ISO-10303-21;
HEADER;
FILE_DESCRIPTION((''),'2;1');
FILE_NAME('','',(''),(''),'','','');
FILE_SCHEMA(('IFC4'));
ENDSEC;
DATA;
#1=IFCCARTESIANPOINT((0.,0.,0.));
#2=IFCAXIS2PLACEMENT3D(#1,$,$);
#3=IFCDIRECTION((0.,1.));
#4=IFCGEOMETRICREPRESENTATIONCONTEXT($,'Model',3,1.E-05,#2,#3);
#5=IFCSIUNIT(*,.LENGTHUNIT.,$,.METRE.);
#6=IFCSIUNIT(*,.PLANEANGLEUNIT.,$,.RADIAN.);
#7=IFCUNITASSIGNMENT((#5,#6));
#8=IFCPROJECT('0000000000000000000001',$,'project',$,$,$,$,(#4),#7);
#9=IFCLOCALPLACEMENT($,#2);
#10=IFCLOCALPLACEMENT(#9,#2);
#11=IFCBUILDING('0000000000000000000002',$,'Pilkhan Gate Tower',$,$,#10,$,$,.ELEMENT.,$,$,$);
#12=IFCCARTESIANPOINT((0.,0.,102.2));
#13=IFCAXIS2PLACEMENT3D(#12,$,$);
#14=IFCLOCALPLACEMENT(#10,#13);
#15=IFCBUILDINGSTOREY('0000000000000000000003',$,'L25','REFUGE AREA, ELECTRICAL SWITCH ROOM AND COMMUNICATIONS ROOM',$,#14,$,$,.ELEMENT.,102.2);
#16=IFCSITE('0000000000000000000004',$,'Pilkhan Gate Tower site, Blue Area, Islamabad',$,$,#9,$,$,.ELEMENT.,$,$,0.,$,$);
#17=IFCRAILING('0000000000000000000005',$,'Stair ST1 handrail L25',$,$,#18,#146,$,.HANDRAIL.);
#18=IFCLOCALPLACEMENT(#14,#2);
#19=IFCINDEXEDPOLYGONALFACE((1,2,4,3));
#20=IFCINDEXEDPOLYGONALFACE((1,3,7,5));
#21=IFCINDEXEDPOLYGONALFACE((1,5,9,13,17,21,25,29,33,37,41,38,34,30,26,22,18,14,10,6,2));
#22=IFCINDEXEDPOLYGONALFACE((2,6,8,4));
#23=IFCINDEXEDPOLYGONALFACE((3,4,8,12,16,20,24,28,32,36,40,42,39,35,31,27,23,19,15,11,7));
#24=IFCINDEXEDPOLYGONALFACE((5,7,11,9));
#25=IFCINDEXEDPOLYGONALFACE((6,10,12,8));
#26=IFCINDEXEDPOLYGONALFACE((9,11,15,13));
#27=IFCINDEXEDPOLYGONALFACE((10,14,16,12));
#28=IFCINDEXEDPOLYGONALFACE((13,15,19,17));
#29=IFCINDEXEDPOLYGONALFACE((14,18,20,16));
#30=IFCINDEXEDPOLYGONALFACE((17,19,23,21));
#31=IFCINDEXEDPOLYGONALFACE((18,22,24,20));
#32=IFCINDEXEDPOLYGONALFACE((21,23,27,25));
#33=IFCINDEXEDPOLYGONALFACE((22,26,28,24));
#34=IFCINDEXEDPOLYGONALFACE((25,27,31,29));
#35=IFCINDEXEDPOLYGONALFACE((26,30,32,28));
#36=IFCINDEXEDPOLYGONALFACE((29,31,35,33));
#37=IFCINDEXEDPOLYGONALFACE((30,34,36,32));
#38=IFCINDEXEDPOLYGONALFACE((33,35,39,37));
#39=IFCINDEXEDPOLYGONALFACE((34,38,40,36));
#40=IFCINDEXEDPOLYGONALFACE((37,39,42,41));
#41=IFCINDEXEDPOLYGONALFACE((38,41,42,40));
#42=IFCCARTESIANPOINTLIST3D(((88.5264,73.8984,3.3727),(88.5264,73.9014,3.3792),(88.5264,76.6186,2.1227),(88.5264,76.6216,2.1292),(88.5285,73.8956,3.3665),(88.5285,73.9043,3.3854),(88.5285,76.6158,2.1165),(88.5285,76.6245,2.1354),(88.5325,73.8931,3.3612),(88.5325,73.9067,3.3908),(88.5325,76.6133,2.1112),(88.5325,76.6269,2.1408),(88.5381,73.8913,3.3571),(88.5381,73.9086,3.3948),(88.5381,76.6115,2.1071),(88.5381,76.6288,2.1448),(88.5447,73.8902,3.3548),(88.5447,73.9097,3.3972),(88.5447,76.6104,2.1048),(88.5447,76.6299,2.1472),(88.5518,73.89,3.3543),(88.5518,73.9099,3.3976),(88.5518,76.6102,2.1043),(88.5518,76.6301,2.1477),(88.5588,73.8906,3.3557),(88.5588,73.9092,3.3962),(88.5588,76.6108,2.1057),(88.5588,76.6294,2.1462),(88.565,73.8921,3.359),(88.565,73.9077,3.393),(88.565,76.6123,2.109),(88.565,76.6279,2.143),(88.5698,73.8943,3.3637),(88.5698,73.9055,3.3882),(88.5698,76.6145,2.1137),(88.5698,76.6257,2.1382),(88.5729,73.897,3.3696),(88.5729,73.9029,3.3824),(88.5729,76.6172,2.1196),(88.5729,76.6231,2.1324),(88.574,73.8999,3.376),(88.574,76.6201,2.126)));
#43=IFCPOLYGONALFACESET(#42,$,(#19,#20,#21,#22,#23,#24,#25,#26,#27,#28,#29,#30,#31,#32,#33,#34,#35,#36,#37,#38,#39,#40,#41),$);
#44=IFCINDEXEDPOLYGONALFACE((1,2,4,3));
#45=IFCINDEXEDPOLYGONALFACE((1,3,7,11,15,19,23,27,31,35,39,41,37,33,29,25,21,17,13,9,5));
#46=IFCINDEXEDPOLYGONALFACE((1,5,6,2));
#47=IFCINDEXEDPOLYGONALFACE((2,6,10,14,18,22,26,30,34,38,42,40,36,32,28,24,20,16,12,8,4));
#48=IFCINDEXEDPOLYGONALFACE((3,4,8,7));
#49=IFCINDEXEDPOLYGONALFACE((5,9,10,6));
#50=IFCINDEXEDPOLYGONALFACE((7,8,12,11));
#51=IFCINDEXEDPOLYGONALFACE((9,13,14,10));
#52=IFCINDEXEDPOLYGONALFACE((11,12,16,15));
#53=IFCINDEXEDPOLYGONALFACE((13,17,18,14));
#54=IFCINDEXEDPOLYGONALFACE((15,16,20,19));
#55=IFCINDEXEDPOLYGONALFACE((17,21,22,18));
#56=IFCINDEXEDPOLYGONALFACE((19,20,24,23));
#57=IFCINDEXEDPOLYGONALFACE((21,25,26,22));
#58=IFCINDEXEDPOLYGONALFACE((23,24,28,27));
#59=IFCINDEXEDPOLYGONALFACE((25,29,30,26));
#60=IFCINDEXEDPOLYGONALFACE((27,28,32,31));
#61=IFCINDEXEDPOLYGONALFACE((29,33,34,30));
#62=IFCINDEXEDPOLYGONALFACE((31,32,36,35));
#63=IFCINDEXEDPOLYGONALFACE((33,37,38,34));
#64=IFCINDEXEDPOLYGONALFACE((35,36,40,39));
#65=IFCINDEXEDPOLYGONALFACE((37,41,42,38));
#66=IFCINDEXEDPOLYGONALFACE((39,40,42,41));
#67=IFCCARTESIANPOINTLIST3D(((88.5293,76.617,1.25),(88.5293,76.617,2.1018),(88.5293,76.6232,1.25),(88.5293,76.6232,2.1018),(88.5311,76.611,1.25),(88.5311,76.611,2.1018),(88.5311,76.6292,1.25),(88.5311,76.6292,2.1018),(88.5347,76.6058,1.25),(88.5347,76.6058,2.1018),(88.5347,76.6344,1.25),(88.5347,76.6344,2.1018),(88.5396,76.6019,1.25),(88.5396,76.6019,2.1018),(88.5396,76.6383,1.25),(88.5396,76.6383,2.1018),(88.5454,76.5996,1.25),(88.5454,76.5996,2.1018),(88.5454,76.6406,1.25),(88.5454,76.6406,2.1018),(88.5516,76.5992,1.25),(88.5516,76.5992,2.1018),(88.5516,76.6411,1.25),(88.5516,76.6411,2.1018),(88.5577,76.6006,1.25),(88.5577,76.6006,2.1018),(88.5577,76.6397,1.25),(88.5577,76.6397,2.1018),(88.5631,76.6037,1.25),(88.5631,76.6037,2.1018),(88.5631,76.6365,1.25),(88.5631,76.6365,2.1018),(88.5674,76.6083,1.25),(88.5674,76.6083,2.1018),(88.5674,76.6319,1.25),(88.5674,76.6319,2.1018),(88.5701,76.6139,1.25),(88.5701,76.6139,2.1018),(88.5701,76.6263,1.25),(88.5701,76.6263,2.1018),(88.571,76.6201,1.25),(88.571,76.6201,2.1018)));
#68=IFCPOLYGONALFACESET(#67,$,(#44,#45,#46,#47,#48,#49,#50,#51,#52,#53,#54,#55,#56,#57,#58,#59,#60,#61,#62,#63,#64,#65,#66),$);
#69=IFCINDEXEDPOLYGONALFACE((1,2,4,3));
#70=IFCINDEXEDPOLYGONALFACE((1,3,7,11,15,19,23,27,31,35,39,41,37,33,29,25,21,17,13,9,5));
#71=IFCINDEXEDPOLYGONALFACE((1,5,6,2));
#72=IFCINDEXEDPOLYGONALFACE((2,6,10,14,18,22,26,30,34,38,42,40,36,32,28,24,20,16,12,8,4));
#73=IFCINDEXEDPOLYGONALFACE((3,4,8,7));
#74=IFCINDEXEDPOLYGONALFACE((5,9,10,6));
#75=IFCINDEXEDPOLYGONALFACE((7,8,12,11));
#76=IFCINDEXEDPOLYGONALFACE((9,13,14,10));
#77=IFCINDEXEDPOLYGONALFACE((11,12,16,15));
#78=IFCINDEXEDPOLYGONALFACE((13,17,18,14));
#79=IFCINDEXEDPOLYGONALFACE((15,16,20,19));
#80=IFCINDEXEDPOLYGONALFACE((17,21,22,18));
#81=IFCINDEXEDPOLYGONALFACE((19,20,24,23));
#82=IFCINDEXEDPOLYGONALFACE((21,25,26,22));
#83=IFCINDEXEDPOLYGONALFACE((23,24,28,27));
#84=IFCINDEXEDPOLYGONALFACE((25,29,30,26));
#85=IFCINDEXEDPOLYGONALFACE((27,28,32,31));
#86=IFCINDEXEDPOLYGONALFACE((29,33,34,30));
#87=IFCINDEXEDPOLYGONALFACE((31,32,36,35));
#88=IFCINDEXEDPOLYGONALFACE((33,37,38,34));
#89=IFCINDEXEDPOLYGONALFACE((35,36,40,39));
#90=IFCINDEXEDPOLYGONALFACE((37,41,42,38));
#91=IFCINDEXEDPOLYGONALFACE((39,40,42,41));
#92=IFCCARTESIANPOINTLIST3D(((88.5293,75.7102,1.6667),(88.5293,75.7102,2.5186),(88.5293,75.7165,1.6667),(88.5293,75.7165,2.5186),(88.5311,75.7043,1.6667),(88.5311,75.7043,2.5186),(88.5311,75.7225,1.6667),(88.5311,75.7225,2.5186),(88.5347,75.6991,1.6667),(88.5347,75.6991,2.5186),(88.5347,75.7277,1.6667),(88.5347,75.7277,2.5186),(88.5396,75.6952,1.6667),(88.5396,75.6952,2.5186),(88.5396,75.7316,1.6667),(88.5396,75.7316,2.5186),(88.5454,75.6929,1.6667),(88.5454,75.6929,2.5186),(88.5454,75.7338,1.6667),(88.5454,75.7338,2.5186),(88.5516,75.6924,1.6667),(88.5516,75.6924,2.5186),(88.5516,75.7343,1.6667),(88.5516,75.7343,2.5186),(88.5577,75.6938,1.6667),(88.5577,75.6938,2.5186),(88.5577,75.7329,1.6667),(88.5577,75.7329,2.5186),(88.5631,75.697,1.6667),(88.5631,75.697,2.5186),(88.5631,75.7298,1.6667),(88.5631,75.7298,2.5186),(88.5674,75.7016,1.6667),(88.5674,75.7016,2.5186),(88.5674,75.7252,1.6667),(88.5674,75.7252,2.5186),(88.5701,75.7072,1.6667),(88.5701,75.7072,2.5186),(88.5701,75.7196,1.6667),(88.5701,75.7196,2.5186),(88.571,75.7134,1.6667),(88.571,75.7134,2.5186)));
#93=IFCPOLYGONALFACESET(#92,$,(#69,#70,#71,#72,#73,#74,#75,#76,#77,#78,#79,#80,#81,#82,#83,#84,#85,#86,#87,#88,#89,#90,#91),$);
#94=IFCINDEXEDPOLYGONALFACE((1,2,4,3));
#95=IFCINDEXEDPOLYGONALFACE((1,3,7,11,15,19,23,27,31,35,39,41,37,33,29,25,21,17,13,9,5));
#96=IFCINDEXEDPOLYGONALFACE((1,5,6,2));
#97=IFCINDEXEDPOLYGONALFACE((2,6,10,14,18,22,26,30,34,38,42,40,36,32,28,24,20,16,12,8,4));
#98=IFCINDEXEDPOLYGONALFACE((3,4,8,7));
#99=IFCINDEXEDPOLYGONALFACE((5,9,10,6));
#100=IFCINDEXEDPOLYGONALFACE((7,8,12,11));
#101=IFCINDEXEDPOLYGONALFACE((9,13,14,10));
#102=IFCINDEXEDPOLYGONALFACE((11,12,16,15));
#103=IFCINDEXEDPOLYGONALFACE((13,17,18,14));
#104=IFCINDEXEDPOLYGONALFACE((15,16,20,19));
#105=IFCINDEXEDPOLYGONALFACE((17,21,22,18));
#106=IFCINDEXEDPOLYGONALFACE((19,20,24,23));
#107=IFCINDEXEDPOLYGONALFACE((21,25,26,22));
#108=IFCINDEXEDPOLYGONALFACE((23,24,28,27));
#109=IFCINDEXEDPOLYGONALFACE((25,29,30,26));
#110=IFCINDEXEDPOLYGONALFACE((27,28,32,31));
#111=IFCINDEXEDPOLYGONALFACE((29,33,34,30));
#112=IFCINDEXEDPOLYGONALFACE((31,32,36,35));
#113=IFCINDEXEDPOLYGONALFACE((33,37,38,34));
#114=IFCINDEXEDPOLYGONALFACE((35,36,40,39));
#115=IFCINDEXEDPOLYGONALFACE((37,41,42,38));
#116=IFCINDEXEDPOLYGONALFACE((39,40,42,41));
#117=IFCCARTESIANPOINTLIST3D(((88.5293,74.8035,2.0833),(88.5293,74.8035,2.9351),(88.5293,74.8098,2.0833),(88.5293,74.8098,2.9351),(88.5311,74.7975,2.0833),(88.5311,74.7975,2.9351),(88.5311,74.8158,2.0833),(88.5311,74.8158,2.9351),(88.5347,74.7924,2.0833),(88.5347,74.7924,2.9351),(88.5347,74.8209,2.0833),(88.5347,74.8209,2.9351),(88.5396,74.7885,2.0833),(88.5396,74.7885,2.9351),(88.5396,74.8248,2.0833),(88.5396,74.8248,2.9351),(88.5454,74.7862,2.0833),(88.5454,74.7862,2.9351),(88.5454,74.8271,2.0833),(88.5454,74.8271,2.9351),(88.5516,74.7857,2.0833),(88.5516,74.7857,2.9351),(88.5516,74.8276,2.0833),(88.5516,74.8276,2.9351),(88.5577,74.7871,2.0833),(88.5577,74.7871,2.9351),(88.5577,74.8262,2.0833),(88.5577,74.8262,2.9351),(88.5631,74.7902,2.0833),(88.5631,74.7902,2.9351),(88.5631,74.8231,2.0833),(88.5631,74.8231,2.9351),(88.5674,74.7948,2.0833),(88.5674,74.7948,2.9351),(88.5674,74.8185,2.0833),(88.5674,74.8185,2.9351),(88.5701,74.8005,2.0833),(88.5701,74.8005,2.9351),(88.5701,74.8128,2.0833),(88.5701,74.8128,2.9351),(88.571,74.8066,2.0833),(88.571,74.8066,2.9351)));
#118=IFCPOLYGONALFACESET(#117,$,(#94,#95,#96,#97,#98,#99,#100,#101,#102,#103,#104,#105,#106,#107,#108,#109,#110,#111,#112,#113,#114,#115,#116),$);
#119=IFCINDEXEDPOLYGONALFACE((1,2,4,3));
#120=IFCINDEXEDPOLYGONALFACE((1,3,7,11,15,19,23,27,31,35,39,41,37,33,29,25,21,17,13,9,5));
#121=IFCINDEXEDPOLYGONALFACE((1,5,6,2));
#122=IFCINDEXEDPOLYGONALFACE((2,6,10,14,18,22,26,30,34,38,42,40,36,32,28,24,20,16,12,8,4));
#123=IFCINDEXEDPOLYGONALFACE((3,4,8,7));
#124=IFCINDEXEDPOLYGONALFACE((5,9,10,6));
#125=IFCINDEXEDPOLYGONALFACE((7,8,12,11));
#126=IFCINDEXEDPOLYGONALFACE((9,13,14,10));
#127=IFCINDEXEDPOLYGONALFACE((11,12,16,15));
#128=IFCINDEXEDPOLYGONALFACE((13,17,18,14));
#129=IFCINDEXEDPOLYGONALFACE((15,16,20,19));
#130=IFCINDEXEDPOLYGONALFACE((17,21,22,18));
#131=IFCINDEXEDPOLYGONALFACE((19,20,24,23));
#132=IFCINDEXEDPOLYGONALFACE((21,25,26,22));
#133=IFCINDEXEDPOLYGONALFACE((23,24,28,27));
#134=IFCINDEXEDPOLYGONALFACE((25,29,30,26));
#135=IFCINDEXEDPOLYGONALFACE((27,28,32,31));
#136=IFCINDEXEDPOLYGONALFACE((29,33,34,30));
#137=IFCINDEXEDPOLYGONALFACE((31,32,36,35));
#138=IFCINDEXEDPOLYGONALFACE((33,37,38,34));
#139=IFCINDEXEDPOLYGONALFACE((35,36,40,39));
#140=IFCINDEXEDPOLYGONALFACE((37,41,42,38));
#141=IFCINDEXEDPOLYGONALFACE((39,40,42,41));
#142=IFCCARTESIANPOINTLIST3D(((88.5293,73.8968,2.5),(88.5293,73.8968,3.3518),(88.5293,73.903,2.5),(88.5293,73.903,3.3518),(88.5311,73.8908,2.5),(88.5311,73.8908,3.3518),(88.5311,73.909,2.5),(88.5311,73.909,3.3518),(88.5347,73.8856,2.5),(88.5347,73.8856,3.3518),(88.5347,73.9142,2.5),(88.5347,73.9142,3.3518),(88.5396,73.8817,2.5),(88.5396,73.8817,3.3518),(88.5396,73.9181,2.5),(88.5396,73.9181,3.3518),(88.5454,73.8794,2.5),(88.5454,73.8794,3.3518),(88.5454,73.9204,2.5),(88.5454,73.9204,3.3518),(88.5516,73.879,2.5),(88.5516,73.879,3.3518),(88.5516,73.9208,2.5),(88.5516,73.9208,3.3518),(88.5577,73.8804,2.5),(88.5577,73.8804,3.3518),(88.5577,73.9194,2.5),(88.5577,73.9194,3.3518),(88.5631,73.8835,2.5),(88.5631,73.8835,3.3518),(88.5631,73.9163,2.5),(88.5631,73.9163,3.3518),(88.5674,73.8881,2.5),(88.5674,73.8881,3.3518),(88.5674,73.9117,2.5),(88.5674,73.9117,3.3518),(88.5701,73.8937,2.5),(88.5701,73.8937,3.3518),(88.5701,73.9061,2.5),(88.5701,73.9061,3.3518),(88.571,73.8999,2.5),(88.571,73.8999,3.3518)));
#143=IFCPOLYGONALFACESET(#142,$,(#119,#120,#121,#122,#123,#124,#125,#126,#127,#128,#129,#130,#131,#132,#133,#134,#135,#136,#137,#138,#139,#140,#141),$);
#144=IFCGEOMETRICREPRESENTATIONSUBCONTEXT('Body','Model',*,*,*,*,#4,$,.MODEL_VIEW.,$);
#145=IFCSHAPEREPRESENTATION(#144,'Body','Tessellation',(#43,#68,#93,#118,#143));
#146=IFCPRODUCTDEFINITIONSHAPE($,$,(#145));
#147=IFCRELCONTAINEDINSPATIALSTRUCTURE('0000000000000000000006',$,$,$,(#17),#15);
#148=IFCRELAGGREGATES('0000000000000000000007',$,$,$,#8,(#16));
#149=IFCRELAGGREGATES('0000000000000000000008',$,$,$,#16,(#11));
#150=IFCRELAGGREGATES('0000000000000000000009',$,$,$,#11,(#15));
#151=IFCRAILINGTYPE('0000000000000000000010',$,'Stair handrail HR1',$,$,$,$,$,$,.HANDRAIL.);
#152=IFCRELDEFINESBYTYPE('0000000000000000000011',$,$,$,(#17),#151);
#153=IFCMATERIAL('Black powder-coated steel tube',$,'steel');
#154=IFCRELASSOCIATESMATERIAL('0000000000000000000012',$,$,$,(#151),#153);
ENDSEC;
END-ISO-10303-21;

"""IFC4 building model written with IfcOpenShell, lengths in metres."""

from ifc_helpers import new_model, si_unit, direction, frame, origin, origin_2d, place, context, subcontext, project, spatial, circle, extrude, material, type_object, element, save


model = new_model("IFC4")

# Units and contexts
model_context = context("Model", 3, precision=1e-05, world=origin(), true_north=direction((0.0, 1.0)))
body_context = subcontext(model_context, "Body", "Model", "MODEL_VIEW")
ifc_project = project(units=[si_unit("LENGTHUNIT", "METRE"), si_unit("PLANEANGLEUNIT", "RADIAN")], contexts=[model_context])

# Site, building, storey
site_placement = place(None, origin())
site = spatial("IfcSite", under=ifc_project, at=site_placement, Name="Pilkhan Gate Tower site, Blue Area, Islamabad", CompositionType="ELEMENT", RefElevation=0.0)
building_placement = place(site_placement, origin())
building = spatial("IfcBuilding", under=site, at=building_placement, Name="Pilkhan Gate Tower", CompositionType="ELEMENT")
storey_placement = place(building_placement, frame((0.0, 0.0, 102.2)))
storey = spatial("IfcBuildingStorey", under=building, at=storey_placement, Name="L25", Description="REFUGE AREA, ELECTRICAL SWITCH ROOM AND COMMUNICATIONS ROOM", CompositionType="ELEMENT", Elevation=102.2)

# Railing
ifc_material_1 = material(Name="Black powder-coated steel tube", Category="steel")
railing_type_1 = type_object("IfcRailingType", Name="Stair handrail HR1", PredefinedType="HANDRAIL", material=ifc_material_1)
railing_1_placement = place(storey_placement, frame((88.55, 76.6201, 1.25)))
element("IfcRailing", 1, at=railing_1_placement, inside=storey, type_object=railing_type_1, Name="Stair ST1 handrail L25", PredefinedType="HANDRAIL", context=body_context, shape_type="SweptSolid", body=[
    extrude(circle(Radius=0.0239, at=origin_2d()), frame((0.0, 0.0, 0.876), z_axis=(0.0, -0.908655, 0.417547), x_axis=(1.0, 0.0, 0.0)), (0.0, 0.0, 1.0), 2.9937),
    extrude(circle(Radius=0.021, at=origin_2d()), origin(), (0.0, 0.0, 1.0), 0.8518),
    extrude(circle(Radius=0.021, at=origin_2d()), frame((0.0, -0.9067, 0.4167)), (0.0, 0.0, 1.0), 0.8518),
    extrude(circle(Radius=0.021, at=origin_2d()), frame((0.0, -1.8135, 0.8333)), (0.0, 0.0, 1.0), 0.8518),
    extrude(circle(Radius=0.021, at=origin_2d()), frame((0.0, -2.7202, 1.25)), (0.0, 0.0, 1.0), 0.8518),
])

save(model, "model.ifc")
